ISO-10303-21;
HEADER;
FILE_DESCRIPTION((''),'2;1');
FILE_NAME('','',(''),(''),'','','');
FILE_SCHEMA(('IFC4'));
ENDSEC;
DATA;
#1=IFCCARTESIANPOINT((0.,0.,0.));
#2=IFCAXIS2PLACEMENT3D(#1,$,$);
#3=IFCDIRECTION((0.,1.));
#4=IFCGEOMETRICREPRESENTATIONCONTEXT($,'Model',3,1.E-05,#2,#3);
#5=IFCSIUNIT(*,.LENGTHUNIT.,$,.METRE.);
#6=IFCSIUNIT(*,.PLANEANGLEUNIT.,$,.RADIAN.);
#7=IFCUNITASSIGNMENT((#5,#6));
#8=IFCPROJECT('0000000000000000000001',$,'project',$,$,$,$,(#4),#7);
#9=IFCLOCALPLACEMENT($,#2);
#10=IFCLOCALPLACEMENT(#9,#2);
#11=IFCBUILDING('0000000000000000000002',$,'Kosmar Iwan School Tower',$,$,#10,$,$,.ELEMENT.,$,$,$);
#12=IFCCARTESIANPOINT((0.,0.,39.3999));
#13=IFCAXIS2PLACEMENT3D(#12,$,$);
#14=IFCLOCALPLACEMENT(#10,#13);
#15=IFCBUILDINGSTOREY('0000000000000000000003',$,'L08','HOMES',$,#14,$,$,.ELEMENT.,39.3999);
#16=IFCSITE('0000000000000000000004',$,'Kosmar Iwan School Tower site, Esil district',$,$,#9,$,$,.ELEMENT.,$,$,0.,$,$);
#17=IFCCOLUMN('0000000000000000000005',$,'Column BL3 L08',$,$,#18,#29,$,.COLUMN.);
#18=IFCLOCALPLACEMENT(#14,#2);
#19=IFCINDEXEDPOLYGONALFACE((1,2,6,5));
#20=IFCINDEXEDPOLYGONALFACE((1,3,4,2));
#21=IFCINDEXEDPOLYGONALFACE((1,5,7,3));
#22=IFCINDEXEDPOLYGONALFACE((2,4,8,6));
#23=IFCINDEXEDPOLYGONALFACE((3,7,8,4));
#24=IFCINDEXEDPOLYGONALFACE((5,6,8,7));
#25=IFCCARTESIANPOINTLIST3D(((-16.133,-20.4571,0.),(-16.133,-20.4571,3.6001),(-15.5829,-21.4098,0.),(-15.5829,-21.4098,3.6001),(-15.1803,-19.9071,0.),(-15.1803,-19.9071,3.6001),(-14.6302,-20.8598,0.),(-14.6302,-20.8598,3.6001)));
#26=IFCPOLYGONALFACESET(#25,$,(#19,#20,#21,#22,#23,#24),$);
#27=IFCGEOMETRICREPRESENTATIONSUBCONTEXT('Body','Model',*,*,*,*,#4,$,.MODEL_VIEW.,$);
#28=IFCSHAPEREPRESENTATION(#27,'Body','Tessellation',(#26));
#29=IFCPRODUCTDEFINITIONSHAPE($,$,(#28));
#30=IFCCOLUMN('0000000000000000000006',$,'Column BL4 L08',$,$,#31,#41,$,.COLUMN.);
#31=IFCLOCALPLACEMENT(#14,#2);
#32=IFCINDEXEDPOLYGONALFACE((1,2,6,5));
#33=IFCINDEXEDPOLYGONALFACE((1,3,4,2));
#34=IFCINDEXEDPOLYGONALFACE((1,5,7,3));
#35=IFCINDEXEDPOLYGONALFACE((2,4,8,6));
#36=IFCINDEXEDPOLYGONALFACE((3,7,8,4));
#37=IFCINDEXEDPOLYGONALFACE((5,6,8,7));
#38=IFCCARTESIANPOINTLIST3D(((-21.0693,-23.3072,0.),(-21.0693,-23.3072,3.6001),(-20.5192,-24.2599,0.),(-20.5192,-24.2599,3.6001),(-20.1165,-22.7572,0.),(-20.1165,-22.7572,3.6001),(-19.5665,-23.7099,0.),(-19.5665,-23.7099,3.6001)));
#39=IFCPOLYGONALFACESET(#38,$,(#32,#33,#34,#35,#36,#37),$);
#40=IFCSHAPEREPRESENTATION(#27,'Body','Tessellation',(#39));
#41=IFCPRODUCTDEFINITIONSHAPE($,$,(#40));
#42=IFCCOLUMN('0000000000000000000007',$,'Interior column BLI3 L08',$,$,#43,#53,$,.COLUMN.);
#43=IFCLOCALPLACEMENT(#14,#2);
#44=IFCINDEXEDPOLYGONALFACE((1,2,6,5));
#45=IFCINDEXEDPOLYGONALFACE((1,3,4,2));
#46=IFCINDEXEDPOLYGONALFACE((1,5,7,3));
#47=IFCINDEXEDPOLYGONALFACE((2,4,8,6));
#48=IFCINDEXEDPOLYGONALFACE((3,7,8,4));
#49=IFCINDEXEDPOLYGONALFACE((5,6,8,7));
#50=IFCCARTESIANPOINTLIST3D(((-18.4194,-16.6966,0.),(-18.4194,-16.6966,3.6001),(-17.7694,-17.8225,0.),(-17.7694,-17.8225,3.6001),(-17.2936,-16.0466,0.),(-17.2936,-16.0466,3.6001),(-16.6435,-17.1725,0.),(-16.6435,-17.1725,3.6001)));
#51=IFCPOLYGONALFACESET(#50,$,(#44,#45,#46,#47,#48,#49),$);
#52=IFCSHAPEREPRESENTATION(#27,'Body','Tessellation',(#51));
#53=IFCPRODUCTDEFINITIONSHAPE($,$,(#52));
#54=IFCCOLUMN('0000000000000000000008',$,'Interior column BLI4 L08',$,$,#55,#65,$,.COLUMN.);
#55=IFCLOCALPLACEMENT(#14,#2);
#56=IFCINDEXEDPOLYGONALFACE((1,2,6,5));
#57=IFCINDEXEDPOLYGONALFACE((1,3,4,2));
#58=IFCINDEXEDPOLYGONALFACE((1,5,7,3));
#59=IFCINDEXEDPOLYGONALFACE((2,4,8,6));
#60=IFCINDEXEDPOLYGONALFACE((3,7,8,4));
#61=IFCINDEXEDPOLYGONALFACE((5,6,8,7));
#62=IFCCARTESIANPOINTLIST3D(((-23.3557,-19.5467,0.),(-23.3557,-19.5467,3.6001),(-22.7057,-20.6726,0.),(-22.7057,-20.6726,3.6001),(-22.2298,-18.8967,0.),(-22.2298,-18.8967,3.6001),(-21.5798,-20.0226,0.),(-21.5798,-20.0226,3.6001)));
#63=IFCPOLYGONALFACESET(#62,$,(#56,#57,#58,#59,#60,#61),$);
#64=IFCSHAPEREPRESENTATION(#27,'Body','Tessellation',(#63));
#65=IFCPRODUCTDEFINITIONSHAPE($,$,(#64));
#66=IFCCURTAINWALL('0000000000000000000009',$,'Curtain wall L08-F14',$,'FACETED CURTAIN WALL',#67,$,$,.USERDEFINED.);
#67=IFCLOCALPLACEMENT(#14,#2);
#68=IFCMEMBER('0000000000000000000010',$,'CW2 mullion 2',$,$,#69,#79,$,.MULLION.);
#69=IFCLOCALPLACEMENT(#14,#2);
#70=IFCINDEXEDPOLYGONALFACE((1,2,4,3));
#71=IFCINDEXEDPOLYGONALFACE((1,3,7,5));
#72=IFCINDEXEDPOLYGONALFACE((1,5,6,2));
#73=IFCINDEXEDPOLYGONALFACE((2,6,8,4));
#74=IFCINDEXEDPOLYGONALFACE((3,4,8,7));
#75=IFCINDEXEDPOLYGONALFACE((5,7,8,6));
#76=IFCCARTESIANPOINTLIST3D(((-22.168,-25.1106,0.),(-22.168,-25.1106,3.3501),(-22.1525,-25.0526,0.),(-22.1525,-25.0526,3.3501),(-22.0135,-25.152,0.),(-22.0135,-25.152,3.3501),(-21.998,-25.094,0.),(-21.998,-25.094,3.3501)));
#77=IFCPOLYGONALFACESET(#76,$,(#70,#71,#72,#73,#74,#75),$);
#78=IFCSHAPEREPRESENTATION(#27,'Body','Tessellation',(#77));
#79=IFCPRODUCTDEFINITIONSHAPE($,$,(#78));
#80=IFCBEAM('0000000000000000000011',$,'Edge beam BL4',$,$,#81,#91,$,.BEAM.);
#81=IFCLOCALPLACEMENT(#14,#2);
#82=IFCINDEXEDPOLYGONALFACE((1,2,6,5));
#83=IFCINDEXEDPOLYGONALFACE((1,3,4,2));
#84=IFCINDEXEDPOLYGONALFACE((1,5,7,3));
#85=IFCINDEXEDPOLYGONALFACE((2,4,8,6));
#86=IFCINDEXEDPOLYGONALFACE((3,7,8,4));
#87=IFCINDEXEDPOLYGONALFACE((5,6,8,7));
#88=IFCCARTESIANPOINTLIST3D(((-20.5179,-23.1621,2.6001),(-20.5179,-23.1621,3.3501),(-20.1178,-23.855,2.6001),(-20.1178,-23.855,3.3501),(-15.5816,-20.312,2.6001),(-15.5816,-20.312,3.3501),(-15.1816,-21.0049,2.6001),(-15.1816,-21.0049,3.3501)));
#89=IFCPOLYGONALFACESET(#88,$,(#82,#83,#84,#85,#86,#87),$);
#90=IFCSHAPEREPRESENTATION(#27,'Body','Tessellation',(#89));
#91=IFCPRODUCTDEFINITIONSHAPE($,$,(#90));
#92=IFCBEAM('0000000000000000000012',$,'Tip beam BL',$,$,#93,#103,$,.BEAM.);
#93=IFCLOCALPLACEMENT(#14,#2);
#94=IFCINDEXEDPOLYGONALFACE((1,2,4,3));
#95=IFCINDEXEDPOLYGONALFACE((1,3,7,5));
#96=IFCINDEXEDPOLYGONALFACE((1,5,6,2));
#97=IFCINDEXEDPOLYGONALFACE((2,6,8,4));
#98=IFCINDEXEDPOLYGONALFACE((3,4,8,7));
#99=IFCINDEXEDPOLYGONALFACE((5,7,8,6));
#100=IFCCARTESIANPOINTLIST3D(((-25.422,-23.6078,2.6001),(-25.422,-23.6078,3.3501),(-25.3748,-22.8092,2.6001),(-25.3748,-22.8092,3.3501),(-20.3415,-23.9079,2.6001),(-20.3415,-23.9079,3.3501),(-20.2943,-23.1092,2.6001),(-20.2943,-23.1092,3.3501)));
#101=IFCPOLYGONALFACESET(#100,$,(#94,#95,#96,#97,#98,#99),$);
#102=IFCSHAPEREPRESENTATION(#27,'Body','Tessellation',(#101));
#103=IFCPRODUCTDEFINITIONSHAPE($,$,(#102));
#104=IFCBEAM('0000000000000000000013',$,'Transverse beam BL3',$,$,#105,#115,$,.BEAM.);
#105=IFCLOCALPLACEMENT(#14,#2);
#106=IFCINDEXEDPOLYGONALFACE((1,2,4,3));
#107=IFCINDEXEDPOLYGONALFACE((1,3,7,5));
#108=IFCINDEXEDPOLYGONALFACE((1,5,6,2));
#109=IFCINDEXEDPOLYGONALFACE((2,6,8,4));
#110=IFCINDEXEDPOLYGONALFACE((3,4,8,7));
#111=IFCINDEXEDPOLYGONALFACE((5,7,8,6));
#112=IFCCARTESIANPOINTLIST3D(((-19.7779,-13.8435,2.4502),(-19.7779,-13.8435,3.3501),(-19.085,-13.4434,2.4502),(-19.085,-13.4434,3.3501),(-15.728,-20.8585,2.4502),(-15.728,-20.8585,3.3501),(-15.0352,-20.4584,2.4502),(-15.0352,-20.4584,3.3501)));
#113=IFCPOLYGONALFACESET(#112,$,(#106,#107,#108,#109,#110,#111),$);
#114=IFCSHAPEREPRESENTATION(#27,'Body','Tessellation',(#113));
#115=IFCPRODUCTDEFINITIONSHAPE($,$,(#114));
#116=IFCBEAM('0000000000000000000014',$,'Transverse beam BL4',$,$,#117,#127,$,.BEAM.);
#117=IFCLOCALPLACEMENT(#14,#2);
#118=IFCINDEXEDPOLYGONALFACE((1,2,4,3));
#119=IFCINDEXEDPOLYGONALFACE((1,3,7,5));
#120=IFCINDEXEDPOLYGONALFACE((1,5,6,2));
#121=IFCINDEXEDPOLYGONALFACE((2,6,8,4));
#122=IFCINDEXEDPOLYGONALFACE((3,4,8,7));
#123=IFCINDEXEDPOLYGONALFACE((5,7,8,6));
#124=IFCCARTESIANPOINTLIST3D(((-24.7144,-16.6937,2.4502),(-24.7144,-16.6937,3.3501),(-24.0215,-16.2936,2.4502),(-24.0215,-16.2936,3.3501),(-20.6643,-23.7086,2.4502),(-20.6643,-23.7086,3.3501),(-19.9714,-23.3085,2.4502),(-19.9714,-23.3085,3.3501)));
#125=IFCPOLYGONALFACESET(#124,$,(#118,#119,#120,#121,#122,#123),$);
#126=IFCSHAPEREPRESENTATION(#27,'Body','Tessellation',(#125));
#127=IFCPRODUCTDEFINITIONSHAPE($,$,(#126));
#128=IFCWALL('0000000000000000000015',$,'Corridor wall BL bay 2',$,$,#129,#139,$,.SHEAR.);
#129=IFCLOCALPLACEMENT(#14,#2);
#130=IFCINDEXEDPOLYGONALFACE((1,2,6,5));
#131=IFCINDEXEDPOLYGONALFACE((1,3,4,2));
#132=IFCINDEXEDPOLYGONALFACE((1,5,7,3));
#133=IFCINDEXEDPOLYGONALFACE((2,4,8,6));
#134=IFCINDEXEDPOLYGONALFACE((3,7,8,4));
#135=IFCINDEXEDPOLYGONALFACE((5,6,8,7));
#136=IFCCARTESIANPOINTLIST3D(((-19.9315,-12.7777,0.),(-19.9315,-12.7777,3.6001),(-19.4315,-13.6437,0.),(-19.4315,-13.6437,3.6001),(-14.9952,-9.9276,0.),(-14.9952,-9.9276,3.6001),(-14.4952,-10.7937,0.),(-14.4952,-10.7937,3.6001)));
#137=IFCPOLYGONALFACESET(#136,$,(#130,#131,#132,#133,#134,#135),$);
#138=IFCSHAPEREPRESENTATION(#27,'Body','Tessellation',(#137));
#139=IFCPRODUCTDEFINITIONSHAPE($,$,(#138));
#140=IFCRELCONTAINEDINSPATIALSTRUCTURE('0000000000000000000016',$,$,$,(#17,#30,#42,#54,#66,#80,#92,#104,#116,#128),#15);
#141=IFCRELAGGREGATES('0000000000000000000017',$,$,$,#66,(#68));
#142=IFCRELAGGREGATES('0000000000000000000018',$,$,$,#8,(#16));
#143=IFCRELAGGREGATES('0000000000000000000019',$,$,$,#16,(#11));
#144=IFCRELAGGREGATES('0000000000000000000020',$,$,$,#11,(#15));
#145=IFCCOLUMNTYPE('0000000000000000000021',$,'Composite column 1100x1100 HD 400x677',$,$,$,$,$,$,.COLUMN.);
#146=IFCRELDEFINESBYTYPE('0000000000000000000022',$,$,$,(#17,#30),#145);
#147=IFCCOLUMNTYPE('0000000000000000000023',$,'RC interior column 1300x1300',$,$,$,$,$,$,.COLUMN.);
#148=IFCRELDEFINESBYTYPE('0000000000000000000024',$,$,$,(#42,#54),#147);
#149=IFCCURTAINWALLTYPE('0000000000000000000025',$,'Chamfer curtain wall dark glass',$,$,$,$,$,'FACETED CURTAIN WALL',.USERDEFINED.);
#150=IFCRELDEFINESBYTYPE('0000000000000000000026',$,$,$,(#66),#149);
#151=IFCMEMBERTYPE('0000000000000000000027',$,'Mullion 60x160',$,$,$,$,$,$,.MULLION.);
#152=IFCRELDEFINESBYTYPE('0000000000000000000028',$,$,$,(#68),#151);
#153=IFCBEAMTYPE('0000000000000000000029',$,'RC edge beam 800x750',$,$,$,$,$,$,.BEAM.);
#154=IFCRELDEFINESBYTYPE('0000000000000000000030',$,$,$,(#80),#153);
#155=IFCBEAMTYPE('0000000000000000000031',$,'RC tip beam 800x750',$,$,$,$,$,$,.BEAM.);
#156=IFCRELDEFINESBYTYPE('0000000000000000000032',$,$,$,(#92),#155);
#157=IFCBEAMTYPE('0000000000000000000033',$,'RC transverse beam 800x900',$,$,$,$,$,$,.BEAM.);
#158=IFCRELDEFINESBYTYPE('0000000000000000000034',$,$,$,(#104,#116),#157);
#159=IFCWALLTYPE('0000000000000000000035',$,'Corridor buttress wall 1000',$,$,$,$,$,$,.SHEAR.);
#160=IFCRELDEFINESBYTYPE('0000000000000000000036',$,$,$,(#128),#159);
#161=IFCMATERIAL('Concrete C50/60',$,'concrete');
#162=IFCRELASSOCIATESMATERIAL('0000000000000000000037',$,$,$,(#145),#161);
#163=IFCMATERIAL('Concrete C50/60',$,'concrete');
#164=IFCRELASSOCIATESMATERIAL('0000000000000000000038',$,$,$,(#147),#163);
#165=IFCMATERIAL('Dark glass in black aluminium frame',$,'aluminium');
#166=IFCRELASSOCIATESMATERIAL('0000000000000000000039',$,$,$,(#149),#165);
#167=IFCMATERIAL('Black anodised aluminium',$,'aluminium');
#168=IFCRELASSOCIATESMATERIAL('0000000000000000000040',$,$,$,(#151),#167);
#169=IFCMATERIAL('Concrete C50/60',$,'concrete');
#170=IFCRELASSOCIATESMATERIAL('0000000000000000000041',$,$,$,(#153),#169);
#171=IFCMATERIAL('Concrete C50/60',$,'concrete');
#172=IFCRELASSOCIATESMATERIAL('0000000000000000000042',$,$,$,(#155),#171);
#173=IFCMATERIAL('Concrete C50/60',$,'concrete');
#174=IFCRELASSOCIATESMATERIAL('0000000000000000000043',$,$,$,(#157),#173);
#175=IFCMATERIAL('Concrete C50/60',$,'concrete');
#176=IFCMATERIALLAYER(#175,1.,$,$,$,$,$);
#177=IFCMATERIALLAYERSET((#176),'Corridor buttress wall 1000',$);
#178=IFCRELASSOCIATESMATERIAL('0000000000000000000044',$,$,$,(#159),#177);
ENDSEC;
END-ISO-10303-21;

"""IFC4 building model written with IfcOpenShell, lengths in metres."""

from ifc_helpers import new_model, si_unit, direction, frame, frame_2d, origin, origin_2d, place, context, subcontext, project, spatial, rectangle, extrude, material, layer, layer_set, material_profile, profile_set, type_object, element, aggregate, save


model = new_model("IFC4")

# Units and contexts
model_context = context("Model", 3, precision=1e-05, world=origin(), true_north=direction((0.0, 1.0)))
body_context = subcontext(model_context, "Body", "Model", "MODEL_VIEW")
ifc_project = project(units=[si_unit("LENGTHUNIT", "METRE"), si_unit("PLANEANGLEUNIT", "RADIAN")], contexts=[model_context])

# Site, building, storey
site_placement = place(None, origin())
site = spatial("IfcSite", under=ifc_project, at=site_placement, Name="Kosmar Iwan School Tower site, Esil district", CompositionType="ELEMENT", RefElevation=0.0)
building_placement = place(site_placement, origin())
building = spatial("IfcBuilding", under=site, at=building_placement, Name="Kosmar Iwan School Tower", CompositionType="ELEMENT")
storey_placement = place(building_placement, frame((0.0, 0.0, 39.3999)))
storey = spatial("IfcBuildingStorey", under=building, at=storey_placement, Name="L08", Description="HOMES", CompositionType="ELEMENT", Elevation=39.3999)

# Columns
ifc_material_1 = material(Name="Concrete C50/60", Category="concrete")
ifc_material_profile_1 = material_profile(ifc_material_1, rectangle(XDim=1.1001, YDim=1.1001, at=origin_2d()), Name="RC 1100x1100 + HD 400x677")
ifc_profile_set_1 = profile_set([ifc_material_profile_1], Name="Concrete C50/60")
column_type_1 = type_object("IfcColumnType", Name="Composite column 1100x1100 HD 400x677", PredefinedType="COLUMN", material=ifc_profile_set_1)
for number, where, z_axis, x_axis, name in (
    (1, (-15.3816, -20.6584, 0.0), (0.0, 0.0, 1.0), (-0.866025, -0.5, 0.0), "Column BL3 L08"),
    (2, (-20.3179, -23.5085, 0.0), (0.0, 0.0, 1.0), (-0.866025, -0.5, 0.0), "Column BL4 L08"),
):
    element("IfcColumn", number, at=place(storey_placement, frame(where, z_axis=z_axis, x_axis=x_axis)), inside=storey, type_object=column_type_1, Name=name, PredefinedType="COLUMN", context=body_context, shape_type="SweptSolid", body=[
        extrude(rectangle(XDim=1.1001, YDim=1.1001, at=origin_2d()), origin(), (0.0, 0.0, 1.0), 3.6001),
    ])
ifc_material_2 = material(Name="Concrete C50/60", Category="concrete")
ifc_material_profile_2 = material_profile(ifc_material_2, rectangle(XDim=1.3, YDim=1.3, at=origin_2d()), Name="RC 1300x1300")
ifc_profile_set_2 = profile_set([ifc_material_profile_2], Name="Concrete C50/60")
column_type_2 = type_object("IfcColumnType", Name="RC interior column 1300x1300", PredefinedType="COLUMN", material=ifc_profile_set_2)
for number, where, z_axis, x_axis, name in (
    (3, (-17.5315, -16.9346, 0.0), (0.0, 0.0, 1.0), (-0.866025, -0.5, 0.0), "Interior column BLI3 L08"),
    (4, (-22.4678, -19.7847, 0.0), (0.0, 0.0, 1.0), (-0.866025, -0.5, 0.0), "Interior column BLI4 L08"),
):
    element("IfcColumn", number, at=place(storey_placement, frame(where, z_axis=z_axis, x_axis=x_axis)), inside=storey, type_object=column_type_2, Name=name, PredefinedType="COLUMN", context=body_context, shape_type="SweptSolid", body=[
        extrude(rectangle(XDim=1.3, YDim=1.3, at=origin_2d()), origin(), (0.0, 0.0, 1.0), 3.6001),
    ])

# Curtain wall, member
ifc_material_3 = material(Name="Dark glass in black aluminium frame", Category="aluminium")
curtain_wall_type = type_object("IfcCurtainWallType", Name="Chamfer curtain wall dark glass", ElementType="FACETED CURTAIN WALL", PredefinedType="USERDEFINED", material=ifc_material_3)
curtain_wall_placement = place(storey_placement, origin())
curtain_wall = element("IfcCurtainWall", 5, at=curtain_wall_placement, inside=storey, type_object=curtain_wall_type, Name="Curtain wall L08-F14", ObjectType="FACETED CURTAIN WALL", PredefinedType="USERDEFINED")
ifc_material_4 = material(Name="Black anodised aluminium", Category="aluminium")
ifc_material_profile_3 = material_profile(ifc_material_4, rectangle(XDim=0.0601, YDim=0.1599, at=origin_2d()), Name="MULLION 60x160")
ifc_profile_set_3 = profile_set([ifc_material_profile_3], Name="Black anodised aluminium")
member_type = type_object("IfcMemberType", Name="Mullion 60x160", PredefinedType="MULLION", material=ifc_profile_set_3)
member_placement = place(storey_placement, frame((-22.083, -25.1023, 0.0), z_axis=(0.0, 0.0, 1.0), x_axis=(0.258819, 0.965926, 0.0)))
member = element("IfcMember", 6, at=member_placement, type_object=member_type, Name="CW2 mullion 2", PredefinedType="MULLION", context=body_context, shape_type="SweptSolid", body=[
    extrude(rectangle(XDim=0.0601, YDim=0.1599, at=origin_2d()), origin(), (0.0, 0.0, 1.0), 3.3501),
])
aggregate(curtain_wall, [member])

# Beams
ifc_material_5 = material(Name="Concrete C50/60", Category="concrete")
ifc_material_profile_4 = material_profile(ifc_material_5, rectangle(XDim=0.8, YDim=0.75, at=origin_2d()), Name="RC 800x750")
ifc_profile_set_4 = profile_set([ifc_material_profile_4], Name="Concrete C50/60")
beam_type_1 = type_object("IfcBeamType", Name="RC edge beam 800x750", PredefinedType="BEAM", material=ifc_profile_set_4)
beam_1_placement = place(storey_placement, frame((-15.3816, -20.6584, 2.9751), z_axis=(-0.866015, -0.500018, 0.0), x_axis=(0.500018, -0.866015, 0.0)))
element("IfcBeam", 7, at=beam_1_placement, inside=storey, type_object=beam_type_1, Name="Edge beam BL4", PredefinedType="BEAM", context=body_context, shape_type="SweptSolid", body=[
    extrude(rectangle(XDim=0.8, YDim=0.75, at=origin_2d()), origin(), (0.0, 0.0, 1.0), 5.7),
])
ifc_material_6 = material(Name="Concrete C50/60", Category="concrete")
ifc_material_profile_5 = material_profile(ifc_material_6, rectangle(XDim=0.8, YDim=0.75, at=origin_2d()), Name="RC 800x750")
ifc_profile_set_5 = profile_set([ifc_material_profile_5], Name="Concrete C50/60")
beam_type_2 = type_object("IfcBeamType", Name="RC tip beam 800x750", PredefinedType="BEAM", material=ifc_profile_set_5)
beam_2_placement = place(storey_placement, frame((-20.3179, -23.5085, 2.9751), z_axis=(-0.998261, 0.058955, 0.0), x_axis=(-0.058955, -0.998261, 0.0)))
element("IfcBeam", 8, at=beam_2_placement, inside=storey, type_object=beam_type_2, Name="Tip beam BL", PredefinedType="BEAM", context=body_context, shape_type="SweptSolid", body=[
    extrude(rectangle(XDim=0.8, YDim=0.75, at=origin_2d()), origin(), (0.0, 0.0, 1.0), 5.0894),
])
ifc_material_7 = material(Name="Concrete C50/60", Category="concrete")
ifc_material_profile_6 = material_profile(ifc_material_7, rectangle(XDim=0.8, YDim=0.8999, at=origin_2d()), Name="RC 800x900")
ifc_profile_set_6 = profile_set([ifc_material_profile_6], Name="Concrete C50/60")
beam_type_3 = type_object("IfcBeamType", Name="RC transverse beam 800x900", PredefinedType="BEAM", material=ifc_profile_set_6)
for number, where, z_axis, x_axis, name in (
    (9, (-15.3816, -20.6584, 2.9001), (-0.499977, 0.866039, 0.0), (-0.866039, -0.499977, 0.0), "Transverse beam BL3"),
    (10, (-20.3179, -23.5085, 2.9001), (-0.5, 0.866025, 0.0), (-0.866025, -0.5, 0.0), "Transverse beam BL4"),
):
    element("IfcBeam", number, at=place(storey_placement, frame(where, z_axis=z_axis, x_axis=x_axis)), inside=storey, type_object=beam_type_3, Name=name, PredefinedType="BEAM", context=body_context, shape_type="SweptSolid", body=[
        extrude(rectangle(XDim=0.8, YDim=0.8999, at=origin_2d()), origin(), (0.0, 0.0, 1.0), 8.1001),
    ])

# Wall
ifc_material_8 = material(Name="Concrete C50/60", Category="concrete")
ifc_layer_1 = layer(ifc_material_8, 1.0)
ifc_layer_set_1 = layer_set([ifc_layer_1], Name="Corridor buttress wall 1000")
wall_type_1 = type_object("IfcWallType", Name="Corridor buttress wall 1000", PredefinedType="SHEAR", material=ifc_layer_set_1)
wall_1_placement = place(storey_placement, frame((-14.7451, -10.3606, 0.0), z_axis=(0.0, 0.0, 1.0), x_axis=(-0.866015, -0.500018, 0.0)))
element("IfcWall", 11, at=wall_1_placement, inside=storey, type_object=wall_type_1, Name="Corridor wall BL bay 2", PredefinedType="SHEAR", context=body_context, shape_type="SweptSolid", body=[
    extrude(rectangle(XDim=5.7, YDim=1.0, at=frame_2d((2.8501, 0.0))), origin(), (0.0, 0.0, 1.0), 3.6001),
])

save(model, "model.ifc")
